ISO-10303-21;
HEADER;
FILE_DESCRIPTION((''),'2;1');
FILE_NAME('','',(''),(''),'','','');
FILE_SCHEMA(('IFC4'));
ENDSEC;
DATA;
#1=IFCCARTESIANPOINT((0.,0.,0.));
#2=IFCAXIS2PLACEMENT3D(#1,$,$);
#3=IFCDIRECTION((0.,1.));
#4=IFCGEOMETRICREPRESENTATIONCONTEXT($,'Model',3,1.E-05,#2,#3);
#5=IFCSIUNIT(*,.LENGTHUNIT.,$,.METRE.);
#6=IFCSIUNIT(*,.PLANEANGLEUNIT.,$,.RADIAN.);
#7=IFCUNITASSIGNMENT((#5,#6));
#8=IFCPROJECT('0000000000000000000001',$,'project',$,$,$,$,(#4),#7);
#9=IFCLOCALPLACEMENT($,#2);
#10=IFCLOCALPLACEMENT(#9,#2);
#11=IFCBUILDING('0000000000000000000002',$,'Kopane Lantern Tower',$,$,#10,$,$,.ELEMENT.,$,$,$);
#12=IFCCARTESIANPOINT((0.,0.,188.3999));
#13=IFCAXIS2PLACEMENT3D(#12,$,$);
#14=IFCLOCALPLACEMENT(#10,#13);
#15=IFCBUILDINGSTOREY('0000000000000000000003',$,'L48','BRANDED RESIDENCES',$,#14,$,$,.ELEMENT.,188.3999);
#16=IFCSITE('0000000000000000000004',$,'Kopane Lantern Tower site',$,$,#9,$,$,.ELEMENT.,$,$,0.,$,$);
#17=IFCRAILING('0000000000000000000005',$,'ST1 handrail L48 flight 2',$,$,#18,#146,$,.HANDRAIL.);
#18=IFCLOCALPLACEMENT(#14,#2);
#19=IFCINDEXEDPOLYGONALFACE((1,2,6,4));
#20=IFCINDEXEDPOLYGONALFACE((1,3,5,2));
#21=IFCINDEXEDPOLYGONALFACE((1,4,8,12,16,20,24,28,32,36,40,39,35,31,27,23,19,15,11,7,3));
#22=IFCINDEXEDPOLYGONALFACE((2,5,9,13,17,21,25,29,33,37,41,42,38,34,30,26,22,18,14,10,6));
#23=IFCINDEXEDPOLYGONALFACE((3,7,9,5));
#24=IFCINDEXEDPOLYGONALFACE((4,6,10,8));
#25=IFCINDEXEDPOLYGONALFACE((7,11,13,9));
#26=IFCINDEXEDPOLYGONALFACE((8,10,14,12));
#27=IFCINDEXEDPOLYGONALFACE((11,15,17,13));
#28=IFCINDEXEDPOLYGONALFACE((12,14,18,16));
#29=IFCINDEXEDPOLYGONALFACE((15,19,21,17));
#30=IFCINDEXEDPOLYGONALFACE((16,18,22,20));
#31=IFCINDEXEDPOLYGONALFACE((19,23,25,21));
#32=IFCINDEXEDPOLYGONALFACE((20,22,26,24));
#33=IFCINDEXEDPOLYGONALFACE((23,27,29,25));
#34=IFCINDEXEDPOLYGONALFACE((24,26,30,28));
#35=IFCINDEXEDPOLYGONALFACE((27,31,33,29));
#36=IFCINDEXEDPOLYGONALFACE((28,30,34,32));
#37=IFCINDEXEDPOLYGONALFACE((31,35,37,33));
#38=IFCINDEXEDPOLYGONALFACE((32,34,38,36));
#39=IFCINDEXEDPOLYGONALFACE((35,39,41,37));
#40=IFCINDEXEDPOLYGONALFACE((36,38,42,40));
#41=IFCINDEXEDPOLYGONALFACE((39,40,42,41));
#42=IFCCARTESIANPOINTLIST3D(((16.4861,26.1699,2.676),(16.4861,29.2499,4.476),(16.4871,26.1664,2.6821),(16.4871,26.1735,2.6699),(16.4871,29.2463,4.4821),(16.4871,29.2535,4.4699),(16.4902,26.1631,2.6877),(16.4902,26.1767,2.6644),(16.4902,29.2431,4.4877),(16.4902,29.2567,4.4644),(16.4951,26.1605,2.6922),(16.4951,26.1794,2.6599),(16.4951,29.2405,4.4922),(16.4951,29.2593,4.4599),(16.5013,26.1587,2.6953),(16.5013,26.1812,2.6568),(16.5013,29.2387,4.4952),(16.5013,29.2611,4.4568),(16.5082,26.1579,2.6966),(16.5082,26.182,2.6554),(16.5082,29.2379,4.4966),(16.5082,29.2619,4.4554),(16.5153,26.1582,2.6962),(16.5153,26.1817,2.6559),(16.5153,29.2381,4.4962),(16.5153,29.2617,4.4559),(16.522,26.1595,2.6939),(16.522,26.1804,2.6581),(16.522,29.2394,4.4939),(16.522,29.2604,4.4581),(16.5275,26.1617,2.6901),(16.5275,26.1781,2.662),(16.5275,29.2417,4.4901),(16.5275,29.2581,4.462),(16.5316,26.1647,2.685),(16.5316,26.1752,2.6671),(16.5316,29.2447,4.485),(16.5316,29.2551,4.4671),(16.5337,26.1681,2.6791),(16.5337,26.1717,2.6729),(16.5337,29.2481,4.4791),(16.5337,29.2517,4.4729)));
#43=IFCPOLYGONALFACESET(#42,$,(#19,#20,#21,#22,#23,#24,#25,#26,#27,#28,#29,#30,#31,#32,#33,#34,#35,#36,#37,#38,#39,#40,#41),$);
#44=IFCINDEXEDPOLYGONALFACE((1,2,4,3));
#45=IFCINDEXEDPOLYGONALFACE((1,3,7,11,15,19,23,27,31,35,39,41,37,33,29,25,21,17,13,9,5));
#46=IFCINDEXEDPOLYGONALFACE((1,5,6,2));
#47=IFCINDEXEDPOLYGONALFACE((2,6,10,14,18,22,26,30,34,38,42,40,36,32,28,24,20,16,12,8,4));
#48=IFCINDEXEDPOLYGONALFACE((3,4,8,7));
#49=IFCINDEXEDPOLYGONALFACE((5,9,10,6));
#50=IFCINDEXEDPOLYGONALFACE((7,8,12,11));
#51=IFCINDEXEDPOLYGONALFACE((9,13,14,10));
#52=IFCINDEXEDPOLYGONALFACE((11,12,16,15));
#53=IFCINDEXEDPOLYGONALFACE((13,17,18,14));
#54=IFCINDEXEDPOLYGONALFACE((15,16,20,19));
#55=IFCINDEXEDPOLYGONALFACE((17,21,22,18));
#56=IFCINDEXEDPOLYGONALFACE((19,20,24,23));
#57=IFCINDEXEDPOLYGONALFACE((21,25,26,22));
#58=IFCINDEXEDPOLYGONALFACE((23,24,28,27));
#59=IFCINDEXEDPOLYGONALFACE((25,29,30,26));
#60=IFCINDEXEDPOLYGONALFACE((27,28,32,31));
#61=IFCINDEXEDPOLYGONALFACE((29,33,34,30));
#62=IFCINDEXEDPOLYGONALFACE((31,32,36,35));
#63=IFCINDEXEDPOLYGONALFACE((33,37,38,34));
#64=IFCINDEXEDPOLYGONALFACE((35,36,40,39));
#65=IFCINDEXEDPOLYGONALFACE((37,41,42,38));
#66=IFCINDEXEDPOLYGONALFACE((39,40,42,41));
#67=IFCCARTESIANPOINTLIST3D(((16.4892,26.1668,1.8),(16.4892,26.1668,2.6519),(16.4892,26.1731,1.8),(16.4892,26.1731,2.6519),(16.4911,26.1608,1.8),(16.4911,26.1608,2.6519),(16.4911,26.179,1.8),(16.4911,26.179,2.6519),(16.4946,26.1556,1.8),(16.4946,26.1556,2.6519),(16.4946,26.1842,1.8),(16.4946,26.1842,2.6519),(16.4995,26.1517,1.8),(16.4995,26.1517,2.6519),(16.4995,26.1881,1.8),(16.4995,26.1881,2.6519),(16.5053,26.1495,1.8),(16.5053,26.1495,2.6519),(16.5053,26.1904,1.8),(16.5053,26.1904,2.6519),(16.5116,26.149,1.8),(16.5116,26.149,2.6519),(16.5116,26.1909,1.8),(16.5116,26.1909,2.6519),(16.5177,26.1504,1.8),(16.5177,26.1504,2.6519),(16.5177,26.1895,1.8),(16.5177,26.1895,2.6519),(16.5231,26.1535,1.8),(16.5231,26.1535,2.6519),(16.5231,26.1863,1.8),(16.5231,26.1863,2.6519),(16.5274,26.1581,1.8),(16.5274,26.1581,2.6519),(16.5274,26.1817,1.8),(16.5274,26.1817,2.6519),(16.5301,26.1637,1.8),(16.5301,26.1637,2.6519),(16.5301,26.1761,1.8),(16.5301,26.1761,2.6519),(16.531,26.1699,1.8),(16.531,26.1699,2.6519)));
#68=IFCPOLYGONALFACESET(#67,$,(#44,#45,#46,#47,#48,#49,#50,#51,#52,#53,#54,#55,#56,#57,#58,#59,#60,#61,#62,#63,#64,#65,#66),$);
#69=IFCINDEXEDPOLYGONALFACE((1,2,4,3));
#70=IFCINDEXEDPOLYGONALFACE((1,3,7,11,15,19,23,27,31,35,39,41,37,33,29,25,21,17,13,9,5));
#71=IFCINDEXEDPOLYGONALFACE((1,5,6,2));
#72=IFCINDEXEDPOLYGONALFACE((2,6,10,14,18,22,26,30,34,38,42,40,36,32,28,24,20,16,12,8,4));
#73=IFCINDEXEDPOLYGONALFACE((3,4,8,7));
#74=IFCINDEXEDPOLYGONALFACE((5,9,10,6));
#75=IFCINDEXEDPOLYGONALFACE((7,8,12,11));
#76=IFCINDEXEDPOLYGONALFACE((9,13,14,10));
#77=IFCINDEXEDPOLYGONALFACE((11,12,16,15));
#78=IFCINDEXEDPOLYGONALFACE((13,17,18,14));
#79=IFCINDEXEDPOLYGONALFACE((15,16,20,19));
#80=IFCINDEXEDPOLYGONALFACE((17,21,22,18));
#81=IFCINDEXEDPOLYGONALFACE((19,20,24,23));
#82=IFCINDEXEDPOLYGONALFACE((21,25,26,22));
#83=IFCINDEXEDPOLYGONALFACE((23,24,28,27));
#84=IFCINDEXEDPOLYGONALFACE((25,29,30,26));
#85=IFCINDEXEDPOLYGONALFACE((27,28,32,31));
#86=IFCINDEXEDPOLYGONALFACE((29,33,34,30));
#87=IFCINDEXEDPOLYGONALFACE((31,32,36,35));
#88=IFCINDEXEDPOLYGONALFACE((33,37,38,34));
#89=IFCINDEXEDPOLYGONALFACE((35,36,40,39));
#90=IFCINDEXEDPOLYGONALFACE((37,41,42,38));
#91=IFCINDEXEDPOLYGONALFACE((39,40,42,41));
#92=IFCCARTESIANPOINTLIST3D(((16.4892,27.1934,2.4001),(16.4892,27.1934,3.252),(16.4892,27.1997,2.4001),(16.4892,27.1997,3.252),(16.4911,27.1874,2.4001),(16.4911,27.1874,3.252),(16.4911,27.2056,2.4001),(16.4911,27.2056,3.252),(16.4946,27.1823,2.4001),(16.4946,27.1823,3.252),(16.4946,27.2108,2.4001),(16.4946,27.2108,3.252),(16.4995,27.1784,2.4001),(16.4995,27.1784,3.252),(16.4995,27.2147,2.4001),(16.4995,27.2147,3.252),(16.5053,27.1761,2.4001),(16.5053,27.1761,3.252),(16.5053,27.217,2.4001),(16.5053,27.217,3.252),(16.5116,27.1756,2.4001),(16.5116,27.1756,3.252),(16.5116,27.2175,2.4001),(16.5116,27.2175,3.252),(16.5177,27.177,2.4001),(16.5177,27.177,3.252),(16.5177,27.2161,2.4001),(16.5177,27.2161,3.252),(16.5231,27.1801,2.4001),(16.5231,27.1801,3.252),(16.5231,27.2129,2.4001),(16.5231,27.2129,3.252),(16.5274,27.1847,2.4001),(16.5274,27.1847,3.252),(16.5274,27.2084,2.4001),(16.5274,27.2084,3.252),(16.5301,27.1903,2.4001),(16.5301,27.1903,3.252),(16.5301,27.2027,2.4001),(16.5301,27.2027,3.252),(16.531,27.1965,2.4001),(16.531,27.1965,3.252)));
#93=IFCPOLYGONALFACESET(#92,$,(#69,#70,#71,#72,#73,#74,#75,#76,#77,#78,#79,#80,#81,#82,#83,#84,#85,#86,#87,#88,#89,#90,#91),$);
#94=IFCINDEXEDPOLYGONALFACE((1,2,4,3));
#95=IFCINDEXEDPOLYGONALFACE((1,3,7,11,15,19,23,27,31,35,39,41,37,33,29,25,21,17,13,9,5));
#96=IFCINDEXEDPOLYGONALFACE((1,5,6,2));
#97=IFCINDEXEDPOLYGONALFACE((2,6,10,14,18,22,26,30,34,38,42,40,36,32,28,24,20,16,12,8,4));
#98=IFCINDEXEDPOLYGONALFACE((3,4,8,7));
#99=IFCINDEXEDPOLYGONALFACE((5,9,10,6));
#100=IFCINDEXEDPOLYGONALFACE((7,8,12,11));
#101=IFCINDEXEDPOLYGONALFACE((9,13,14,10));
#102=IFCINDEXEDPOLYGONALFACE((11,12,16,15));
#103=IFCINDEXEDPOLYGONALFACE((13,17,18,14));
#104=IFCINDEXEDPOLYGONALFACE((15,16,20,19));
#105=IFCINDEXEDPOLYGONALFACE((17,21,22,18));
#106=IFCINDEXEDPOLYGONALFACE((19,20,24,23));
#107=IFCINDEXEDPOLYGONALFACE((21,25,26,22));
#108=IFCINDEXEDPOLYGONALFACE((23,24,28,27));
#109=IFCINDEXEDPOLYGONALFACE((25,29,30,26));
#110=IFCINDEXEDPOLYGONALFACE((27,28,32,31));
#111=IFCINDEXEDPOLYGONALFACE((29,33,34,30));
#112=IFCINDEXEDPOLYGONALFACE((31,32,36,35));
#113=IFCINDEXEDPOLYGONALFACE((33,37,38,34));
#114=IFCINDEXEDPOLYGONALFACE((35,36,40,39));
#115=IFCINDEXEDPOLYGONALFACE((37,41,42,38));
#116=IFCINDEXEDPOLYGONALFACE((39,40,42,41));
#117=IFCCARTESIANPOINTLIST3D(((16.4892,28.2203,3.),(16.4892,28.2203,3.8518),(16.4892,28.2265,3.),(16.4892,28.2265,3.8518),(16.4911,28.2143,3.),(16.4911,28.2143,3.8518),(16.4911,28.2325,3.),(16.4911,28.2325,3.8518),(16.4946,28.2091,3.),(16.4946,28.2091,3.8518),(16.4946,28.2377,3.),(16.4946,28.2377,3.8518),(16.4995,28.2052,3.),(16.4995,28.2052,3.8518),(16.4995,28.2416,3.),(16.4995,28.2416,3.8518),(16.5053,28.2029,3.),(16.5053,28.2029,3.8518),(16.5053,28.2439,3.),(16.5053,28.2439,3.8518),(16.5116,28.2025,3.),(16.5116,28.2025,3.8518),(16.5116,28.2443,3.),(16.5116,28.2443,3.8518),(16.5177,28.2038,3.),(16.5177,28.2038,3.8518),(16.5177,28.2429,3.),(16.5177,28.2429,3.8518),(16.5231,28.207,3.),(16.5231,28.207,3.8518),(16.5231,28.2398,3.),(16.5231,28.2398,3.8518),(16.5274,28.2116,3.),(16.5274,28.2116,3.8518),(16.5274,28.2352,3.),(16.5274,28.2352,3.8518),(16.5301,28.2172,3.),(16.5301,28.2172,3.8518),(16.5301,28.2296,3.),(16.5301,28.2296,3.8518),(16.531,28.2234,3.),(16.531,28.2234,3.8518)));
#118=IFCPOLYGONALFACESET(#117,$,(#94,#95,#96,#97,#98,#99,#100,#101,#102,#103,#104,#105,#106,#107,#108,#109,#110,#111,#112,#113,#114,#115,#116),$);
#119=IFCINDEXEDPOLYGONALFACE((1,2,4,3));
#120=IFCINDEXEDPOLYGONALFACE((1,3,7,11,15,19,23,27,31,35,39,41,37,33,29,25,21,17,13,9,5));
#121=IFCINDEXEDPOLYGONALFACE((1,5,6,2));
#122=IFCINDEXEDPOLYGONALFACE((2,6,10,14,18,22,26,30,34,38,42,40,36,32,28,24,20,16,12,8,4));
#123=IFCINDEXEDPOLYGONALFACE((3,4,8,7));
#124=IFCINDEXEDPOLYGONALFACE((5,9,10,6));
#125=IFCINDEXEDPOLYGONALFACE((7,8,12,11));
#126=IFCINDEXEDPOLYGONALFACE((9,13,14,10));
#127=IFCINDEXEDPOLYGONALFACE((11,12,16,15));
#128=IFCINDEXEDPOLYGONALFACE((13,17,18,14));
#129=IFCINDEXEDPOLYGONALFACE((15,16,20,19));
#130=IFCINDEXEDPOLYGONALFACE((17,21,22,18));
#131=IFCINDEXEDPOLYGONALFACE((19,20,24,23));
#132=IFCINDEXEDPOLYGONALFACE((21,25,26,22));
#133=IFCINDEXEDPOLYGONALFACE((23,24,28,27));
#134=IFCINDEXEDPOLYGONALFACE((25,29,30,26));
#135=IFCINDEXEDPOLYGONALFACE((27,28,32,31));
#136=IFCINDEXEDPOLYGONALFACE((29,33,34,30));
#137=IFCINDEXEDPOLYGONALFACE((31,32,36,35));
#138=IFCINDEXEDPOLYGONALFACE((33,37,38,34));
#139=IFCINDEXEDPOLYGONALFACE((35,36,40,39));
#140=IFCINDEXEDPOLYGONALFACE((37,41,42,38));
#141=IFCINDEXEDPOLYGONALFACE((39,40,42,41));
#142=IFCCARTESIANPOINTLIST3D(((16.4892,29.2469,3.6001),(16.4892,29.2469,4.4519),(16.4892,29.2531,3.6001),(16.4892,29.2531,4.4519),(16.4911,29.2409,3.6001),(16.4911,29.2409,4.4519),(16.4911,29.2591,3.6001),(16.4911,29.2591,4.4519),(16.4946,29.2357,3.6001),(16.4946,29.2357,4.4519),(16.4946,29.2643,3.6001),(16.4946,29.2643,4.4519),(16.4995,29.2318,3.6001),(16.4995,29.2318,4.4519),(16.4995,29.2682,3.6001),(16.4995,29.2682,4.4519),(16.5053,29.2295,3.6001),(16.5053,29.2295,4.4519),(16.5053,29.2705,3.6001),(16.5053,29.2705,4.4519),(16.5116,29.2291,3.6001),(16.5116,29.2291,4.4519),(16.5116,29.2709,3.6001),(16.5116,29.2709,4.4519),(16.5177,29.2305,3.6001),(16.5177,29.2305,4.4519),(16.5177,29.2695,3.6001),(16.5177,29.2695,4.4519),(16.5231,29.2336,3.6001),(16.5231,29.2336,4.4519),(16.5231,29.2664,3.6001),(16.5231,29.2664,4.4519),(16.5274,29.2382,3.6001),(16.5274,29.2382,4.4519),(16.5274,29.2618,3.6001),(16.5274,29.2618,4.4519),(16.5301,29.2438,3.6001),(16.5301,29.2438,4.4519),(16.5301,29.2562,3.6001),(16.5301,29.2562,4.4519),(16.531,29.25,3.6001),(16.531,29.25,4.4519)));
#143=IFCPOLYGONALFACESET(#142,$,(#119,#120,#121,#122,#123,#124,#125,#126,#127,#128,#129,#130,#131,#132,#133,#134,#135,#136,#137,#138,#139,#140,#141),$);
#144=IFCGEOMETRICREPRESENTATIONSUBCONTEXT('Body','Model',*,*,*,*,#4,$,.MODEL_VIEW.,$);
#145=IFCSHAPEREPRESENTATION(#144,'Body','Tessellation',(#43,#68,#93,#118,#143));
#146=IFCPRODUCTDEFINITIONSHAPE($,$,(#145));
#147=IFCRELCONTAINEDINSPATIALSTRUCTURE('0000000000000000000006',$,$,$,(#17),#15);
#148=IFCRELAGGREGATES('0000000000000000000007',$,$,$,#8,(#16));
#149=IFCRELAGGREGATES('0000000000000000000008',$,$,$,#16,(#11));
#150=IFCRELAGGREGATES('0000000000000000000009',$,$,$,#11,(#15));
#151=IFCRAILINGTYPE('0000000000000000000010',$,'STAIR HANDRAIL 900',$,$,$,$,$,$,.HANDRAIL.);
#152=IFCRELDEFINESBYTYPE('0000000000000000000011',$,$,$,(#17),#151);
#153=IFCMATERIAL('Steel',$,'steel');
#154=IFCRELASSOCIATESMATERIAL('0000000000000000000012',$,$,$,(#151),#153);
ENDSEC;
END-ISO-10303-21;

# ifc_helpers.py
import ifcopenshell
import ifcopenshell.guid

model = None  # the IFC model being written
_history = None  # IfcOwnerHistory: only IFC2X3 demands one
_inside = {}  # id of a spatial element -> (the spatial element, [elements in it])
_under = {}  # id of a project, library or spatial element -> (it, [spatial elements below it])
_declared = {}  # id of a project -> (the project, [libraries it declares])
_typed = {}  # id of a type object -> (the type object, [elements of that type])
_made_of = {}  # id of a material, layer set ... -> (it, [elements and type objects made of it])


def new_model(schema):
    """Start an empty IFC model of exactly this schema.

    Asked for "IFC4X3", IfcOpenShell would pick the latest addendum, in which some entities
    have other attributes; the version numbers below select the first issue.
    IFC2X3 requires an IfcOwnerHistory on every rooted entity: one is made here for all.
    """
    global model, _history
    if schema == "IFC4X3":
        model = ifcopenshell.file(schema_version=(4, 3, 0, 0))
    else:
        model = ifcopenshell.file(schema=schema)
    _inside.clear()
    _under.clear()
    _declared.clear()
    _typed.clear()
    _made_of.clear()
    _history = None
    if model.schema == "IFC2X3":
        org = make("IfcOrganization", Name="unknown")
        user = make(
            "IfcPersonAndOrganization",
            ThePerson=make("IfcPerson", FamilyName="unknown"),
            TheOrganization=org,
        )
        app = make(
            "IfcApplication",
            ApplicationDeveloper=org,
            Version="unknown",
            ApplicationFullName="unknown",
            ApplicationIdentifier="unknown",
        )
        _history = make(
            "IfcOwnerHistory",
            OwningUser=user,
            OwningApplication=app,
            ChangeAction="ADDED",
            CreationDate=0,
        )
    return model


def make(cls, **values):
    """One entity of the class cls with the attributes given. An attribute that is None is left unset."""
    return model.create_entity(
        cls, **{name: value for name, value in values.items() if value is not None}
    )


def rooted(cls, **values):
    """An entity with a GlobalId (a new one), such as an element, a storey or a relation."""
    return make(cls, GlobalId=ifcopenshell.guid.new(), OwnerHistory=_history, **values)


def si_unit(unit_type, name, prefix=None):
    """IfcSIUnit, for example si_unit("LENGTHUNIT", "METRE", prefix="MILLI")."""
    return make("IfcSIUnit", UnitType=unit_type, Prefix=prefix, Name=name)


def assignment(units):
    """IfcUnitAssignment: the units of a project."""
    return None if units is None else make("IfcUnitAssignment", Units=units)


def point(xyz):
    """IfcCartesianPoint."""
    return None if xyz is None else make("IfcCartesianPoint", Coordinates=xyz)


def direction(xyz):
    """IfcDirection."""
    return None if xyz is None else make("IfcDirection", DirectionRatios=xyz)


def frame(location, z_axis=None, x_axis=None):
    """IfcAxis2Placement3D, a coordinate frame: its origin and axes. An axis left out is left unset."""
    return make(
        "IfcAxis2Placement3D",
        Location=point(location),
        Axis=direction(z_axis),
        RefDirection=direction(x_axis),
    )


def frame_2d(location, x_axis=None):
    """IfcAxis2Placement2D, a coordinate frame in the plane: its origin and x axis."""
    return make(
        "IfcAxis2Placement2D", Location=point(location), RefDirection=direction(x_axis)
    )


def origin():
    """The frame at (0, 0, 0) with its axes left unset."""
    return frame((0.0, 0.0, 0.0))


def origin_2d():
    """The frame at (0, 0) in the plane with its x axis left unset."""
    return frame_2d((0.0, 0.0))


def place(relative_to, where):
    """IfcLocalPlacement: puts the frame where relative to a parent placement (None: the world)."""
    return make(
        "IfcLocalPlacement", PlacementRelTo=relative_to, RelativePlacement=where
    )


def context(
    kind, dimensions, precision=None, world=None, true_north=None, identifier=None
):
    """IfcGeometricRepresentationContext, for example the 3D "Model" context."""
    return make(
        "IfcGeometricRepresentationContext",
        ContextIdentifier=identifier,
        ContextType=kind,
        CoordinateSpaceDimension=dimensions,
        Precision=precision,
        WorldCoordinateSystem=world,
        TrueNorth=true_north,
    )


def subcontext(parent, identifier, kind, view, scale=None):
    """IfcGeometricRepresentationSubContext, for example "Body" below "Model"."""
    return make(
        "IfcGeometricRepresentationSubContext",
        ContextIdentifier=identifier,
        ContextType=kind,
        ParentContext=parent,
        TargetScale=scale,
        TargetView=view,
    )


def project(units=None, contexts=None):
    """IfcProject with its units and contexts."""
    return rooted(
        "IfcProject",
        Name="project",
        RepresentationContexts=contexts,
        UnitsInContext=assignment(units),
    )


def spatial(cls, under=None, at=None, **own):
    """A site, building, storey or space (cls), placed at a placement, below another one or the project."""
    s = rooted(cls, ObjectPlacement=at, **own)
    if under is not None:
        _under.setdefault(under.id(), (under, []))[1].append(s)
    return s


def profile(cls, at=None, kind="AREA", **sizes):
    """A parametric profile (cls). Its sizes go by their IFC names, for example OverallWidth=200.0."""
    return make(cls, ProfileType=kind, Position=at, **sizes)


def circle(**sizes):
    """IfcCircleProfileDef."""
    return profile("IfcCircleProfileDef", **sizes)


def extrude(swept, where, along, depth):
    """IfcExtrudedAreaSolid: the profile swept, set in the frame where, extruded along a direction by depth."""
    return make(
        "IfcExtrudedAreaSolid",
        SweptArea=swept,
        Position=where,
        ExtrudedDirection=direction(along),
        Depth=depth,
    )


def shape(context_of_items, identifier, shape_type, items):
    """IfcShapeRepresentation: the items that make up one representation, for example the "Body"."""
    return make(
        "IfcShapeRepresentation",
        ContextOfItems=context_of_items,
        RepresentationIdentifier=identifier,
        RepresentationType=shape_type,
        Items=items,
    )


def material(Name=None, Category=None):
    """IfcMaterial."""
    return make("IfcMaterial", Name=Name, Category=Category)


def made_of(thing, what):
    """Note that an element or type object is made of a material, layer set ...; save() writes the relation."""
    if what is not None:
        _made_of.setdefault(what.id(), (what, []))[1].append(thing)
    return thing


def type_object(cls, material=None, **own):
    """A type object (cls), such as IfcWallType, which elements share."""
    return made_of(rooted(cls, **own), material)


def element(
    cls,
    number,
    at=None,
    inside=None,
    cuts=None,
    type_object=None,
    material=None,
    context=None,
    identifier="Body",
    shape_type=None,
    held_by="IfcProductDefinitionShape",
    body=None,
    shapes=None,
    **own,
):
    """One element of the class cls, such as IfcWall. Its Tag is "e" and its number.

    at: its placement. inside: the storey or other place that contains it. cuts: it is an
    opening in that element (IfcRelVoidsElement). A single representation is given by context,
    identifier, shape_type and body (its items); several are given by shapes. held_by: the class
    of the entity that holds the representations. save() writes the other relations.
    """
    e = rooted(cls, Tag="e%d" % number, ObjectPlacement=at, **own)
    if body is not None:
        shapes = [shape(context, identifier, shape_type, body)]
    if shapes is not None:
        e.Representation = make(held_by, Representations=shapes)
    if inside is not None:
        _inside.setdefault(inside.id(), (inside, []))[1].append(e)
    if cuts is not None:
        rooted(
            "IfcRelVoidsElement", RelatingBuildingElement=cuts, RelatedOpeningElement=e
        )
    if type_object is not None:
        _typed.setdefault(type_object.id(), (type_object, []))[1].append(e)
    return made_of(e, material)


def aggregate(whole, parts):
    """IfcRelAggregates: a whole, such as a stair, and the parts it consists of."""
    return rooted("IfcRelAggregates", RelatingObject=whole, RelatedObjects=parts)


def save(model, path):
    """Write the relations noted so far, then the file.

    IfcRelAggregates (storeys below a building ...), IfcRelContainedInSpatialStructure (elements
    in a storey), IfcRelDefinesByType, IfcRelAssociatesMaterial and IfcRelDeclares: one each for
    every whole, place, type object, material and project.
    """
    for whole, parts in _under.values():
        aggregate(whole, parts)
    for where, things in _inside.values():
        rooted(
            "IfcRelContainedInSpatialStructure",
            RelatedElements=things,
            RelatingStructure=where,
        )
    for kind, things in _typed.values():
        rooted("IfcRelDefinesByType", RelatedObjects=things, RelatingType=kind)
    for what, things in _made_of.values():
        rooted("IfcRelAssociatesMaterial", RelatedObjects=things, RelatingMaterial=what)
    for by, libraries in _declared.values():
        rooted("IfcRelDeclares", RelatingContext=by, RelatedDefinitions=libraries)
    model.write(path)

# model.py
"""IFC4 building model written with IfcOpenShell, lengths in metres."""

from ifc_helpers import new_model, si_unit, direction, frame, origin, origin_2d, place, context, subcontext, project, spatial, circle, extrude, material, type_object, element, save


model = new_model("IFC4")

# Units and contexts
model_context = context("Model", 3, precision=1e-05, world=origin(), true_north=direction((0.0, 1.0)))
body_context = subcontext(model_context, "Body", "Model", "MODEL_VIEW")
ifc_project = project(units=[si_unit("LENGTHUNIT", "METRE"), si_unit("PLANEANGLEUNIT", "RADIAN")], contexts=[model_context])

# Site, building, storey
site_placement = place(None, origin())
site = spatial("IfcSite", under=ifc_project, at=site_placement, Name="Kopane Lantern Tower site", CompositionType="ELEMENT", RefElevation=0.0)
building_placement = place(site_placement, origin())
building = spatial("IfcBuilding", under=site, at=building_placement, Name="Kopane Lantern Tower", CompositionType="ELEMENT")
storey_placement = place(building_placement, frame((0.0, 0.0, 188.3999)))
storey = spatial("IfcBuildingStorey", under=building, at=storey_placement, Name="L48", Description="BRANDED RESIDENCES", CompositionType="ELEMENT", Elevation=188.3999)

# Railing
ifc_material_1 = material(Name="Steel", Category="steel")
railing_type_1 = type_object("IfcRailingType", Name="STAIR HANDRAIL 900", PredefinedType="HANDRAIL", material=ifc_material_1)
for number, where, name in (
    (1, (16.51, 26.1699, 1.8), "ST1 handrail L48 flight 2"),
):
    element("IfcRailing", number, at=place(storey_placement, frame(where)), inside=storey, type_object=railing_type_1, Name=name, PredefinedType="HANDRAIL", context=body_context, shape_type="SweptSolid", body=[
        extrude(circle(Radius=0.0239, at=origin_2d()), frame((0.0, 0.0, 0.876), z_axis=(0.0, 0.863372, 0.504569), x_axis=(-1.0, 0.0, 0.0)), (0.0, 0.0, 1.0), 3.5674),
        extrude(circle(Radius=0.021, at=origin_2d()), origin(), (0.0, 0.0, 1.0), 0.8518),
        extrude(circle(Radius=0.021, at=origin_2d()), frame((0.0, 1.0266, 0.6001)), (0.0, 0.0, 1.0), 0.8518),
        extrude(circle(Radius=0.021, at=origin_2d()), frame((0.0, 2.0535, 1.2)), (0.0, 0.0, 1.0), 0.8518),
        extrude(circle(Radius=0.021, at=origin_2d()), frame((0.0, 3.0801, 1.8)), (0.0, 0.0, 1.0), 0.8518),
    ])

save(model, "model.ifc")
